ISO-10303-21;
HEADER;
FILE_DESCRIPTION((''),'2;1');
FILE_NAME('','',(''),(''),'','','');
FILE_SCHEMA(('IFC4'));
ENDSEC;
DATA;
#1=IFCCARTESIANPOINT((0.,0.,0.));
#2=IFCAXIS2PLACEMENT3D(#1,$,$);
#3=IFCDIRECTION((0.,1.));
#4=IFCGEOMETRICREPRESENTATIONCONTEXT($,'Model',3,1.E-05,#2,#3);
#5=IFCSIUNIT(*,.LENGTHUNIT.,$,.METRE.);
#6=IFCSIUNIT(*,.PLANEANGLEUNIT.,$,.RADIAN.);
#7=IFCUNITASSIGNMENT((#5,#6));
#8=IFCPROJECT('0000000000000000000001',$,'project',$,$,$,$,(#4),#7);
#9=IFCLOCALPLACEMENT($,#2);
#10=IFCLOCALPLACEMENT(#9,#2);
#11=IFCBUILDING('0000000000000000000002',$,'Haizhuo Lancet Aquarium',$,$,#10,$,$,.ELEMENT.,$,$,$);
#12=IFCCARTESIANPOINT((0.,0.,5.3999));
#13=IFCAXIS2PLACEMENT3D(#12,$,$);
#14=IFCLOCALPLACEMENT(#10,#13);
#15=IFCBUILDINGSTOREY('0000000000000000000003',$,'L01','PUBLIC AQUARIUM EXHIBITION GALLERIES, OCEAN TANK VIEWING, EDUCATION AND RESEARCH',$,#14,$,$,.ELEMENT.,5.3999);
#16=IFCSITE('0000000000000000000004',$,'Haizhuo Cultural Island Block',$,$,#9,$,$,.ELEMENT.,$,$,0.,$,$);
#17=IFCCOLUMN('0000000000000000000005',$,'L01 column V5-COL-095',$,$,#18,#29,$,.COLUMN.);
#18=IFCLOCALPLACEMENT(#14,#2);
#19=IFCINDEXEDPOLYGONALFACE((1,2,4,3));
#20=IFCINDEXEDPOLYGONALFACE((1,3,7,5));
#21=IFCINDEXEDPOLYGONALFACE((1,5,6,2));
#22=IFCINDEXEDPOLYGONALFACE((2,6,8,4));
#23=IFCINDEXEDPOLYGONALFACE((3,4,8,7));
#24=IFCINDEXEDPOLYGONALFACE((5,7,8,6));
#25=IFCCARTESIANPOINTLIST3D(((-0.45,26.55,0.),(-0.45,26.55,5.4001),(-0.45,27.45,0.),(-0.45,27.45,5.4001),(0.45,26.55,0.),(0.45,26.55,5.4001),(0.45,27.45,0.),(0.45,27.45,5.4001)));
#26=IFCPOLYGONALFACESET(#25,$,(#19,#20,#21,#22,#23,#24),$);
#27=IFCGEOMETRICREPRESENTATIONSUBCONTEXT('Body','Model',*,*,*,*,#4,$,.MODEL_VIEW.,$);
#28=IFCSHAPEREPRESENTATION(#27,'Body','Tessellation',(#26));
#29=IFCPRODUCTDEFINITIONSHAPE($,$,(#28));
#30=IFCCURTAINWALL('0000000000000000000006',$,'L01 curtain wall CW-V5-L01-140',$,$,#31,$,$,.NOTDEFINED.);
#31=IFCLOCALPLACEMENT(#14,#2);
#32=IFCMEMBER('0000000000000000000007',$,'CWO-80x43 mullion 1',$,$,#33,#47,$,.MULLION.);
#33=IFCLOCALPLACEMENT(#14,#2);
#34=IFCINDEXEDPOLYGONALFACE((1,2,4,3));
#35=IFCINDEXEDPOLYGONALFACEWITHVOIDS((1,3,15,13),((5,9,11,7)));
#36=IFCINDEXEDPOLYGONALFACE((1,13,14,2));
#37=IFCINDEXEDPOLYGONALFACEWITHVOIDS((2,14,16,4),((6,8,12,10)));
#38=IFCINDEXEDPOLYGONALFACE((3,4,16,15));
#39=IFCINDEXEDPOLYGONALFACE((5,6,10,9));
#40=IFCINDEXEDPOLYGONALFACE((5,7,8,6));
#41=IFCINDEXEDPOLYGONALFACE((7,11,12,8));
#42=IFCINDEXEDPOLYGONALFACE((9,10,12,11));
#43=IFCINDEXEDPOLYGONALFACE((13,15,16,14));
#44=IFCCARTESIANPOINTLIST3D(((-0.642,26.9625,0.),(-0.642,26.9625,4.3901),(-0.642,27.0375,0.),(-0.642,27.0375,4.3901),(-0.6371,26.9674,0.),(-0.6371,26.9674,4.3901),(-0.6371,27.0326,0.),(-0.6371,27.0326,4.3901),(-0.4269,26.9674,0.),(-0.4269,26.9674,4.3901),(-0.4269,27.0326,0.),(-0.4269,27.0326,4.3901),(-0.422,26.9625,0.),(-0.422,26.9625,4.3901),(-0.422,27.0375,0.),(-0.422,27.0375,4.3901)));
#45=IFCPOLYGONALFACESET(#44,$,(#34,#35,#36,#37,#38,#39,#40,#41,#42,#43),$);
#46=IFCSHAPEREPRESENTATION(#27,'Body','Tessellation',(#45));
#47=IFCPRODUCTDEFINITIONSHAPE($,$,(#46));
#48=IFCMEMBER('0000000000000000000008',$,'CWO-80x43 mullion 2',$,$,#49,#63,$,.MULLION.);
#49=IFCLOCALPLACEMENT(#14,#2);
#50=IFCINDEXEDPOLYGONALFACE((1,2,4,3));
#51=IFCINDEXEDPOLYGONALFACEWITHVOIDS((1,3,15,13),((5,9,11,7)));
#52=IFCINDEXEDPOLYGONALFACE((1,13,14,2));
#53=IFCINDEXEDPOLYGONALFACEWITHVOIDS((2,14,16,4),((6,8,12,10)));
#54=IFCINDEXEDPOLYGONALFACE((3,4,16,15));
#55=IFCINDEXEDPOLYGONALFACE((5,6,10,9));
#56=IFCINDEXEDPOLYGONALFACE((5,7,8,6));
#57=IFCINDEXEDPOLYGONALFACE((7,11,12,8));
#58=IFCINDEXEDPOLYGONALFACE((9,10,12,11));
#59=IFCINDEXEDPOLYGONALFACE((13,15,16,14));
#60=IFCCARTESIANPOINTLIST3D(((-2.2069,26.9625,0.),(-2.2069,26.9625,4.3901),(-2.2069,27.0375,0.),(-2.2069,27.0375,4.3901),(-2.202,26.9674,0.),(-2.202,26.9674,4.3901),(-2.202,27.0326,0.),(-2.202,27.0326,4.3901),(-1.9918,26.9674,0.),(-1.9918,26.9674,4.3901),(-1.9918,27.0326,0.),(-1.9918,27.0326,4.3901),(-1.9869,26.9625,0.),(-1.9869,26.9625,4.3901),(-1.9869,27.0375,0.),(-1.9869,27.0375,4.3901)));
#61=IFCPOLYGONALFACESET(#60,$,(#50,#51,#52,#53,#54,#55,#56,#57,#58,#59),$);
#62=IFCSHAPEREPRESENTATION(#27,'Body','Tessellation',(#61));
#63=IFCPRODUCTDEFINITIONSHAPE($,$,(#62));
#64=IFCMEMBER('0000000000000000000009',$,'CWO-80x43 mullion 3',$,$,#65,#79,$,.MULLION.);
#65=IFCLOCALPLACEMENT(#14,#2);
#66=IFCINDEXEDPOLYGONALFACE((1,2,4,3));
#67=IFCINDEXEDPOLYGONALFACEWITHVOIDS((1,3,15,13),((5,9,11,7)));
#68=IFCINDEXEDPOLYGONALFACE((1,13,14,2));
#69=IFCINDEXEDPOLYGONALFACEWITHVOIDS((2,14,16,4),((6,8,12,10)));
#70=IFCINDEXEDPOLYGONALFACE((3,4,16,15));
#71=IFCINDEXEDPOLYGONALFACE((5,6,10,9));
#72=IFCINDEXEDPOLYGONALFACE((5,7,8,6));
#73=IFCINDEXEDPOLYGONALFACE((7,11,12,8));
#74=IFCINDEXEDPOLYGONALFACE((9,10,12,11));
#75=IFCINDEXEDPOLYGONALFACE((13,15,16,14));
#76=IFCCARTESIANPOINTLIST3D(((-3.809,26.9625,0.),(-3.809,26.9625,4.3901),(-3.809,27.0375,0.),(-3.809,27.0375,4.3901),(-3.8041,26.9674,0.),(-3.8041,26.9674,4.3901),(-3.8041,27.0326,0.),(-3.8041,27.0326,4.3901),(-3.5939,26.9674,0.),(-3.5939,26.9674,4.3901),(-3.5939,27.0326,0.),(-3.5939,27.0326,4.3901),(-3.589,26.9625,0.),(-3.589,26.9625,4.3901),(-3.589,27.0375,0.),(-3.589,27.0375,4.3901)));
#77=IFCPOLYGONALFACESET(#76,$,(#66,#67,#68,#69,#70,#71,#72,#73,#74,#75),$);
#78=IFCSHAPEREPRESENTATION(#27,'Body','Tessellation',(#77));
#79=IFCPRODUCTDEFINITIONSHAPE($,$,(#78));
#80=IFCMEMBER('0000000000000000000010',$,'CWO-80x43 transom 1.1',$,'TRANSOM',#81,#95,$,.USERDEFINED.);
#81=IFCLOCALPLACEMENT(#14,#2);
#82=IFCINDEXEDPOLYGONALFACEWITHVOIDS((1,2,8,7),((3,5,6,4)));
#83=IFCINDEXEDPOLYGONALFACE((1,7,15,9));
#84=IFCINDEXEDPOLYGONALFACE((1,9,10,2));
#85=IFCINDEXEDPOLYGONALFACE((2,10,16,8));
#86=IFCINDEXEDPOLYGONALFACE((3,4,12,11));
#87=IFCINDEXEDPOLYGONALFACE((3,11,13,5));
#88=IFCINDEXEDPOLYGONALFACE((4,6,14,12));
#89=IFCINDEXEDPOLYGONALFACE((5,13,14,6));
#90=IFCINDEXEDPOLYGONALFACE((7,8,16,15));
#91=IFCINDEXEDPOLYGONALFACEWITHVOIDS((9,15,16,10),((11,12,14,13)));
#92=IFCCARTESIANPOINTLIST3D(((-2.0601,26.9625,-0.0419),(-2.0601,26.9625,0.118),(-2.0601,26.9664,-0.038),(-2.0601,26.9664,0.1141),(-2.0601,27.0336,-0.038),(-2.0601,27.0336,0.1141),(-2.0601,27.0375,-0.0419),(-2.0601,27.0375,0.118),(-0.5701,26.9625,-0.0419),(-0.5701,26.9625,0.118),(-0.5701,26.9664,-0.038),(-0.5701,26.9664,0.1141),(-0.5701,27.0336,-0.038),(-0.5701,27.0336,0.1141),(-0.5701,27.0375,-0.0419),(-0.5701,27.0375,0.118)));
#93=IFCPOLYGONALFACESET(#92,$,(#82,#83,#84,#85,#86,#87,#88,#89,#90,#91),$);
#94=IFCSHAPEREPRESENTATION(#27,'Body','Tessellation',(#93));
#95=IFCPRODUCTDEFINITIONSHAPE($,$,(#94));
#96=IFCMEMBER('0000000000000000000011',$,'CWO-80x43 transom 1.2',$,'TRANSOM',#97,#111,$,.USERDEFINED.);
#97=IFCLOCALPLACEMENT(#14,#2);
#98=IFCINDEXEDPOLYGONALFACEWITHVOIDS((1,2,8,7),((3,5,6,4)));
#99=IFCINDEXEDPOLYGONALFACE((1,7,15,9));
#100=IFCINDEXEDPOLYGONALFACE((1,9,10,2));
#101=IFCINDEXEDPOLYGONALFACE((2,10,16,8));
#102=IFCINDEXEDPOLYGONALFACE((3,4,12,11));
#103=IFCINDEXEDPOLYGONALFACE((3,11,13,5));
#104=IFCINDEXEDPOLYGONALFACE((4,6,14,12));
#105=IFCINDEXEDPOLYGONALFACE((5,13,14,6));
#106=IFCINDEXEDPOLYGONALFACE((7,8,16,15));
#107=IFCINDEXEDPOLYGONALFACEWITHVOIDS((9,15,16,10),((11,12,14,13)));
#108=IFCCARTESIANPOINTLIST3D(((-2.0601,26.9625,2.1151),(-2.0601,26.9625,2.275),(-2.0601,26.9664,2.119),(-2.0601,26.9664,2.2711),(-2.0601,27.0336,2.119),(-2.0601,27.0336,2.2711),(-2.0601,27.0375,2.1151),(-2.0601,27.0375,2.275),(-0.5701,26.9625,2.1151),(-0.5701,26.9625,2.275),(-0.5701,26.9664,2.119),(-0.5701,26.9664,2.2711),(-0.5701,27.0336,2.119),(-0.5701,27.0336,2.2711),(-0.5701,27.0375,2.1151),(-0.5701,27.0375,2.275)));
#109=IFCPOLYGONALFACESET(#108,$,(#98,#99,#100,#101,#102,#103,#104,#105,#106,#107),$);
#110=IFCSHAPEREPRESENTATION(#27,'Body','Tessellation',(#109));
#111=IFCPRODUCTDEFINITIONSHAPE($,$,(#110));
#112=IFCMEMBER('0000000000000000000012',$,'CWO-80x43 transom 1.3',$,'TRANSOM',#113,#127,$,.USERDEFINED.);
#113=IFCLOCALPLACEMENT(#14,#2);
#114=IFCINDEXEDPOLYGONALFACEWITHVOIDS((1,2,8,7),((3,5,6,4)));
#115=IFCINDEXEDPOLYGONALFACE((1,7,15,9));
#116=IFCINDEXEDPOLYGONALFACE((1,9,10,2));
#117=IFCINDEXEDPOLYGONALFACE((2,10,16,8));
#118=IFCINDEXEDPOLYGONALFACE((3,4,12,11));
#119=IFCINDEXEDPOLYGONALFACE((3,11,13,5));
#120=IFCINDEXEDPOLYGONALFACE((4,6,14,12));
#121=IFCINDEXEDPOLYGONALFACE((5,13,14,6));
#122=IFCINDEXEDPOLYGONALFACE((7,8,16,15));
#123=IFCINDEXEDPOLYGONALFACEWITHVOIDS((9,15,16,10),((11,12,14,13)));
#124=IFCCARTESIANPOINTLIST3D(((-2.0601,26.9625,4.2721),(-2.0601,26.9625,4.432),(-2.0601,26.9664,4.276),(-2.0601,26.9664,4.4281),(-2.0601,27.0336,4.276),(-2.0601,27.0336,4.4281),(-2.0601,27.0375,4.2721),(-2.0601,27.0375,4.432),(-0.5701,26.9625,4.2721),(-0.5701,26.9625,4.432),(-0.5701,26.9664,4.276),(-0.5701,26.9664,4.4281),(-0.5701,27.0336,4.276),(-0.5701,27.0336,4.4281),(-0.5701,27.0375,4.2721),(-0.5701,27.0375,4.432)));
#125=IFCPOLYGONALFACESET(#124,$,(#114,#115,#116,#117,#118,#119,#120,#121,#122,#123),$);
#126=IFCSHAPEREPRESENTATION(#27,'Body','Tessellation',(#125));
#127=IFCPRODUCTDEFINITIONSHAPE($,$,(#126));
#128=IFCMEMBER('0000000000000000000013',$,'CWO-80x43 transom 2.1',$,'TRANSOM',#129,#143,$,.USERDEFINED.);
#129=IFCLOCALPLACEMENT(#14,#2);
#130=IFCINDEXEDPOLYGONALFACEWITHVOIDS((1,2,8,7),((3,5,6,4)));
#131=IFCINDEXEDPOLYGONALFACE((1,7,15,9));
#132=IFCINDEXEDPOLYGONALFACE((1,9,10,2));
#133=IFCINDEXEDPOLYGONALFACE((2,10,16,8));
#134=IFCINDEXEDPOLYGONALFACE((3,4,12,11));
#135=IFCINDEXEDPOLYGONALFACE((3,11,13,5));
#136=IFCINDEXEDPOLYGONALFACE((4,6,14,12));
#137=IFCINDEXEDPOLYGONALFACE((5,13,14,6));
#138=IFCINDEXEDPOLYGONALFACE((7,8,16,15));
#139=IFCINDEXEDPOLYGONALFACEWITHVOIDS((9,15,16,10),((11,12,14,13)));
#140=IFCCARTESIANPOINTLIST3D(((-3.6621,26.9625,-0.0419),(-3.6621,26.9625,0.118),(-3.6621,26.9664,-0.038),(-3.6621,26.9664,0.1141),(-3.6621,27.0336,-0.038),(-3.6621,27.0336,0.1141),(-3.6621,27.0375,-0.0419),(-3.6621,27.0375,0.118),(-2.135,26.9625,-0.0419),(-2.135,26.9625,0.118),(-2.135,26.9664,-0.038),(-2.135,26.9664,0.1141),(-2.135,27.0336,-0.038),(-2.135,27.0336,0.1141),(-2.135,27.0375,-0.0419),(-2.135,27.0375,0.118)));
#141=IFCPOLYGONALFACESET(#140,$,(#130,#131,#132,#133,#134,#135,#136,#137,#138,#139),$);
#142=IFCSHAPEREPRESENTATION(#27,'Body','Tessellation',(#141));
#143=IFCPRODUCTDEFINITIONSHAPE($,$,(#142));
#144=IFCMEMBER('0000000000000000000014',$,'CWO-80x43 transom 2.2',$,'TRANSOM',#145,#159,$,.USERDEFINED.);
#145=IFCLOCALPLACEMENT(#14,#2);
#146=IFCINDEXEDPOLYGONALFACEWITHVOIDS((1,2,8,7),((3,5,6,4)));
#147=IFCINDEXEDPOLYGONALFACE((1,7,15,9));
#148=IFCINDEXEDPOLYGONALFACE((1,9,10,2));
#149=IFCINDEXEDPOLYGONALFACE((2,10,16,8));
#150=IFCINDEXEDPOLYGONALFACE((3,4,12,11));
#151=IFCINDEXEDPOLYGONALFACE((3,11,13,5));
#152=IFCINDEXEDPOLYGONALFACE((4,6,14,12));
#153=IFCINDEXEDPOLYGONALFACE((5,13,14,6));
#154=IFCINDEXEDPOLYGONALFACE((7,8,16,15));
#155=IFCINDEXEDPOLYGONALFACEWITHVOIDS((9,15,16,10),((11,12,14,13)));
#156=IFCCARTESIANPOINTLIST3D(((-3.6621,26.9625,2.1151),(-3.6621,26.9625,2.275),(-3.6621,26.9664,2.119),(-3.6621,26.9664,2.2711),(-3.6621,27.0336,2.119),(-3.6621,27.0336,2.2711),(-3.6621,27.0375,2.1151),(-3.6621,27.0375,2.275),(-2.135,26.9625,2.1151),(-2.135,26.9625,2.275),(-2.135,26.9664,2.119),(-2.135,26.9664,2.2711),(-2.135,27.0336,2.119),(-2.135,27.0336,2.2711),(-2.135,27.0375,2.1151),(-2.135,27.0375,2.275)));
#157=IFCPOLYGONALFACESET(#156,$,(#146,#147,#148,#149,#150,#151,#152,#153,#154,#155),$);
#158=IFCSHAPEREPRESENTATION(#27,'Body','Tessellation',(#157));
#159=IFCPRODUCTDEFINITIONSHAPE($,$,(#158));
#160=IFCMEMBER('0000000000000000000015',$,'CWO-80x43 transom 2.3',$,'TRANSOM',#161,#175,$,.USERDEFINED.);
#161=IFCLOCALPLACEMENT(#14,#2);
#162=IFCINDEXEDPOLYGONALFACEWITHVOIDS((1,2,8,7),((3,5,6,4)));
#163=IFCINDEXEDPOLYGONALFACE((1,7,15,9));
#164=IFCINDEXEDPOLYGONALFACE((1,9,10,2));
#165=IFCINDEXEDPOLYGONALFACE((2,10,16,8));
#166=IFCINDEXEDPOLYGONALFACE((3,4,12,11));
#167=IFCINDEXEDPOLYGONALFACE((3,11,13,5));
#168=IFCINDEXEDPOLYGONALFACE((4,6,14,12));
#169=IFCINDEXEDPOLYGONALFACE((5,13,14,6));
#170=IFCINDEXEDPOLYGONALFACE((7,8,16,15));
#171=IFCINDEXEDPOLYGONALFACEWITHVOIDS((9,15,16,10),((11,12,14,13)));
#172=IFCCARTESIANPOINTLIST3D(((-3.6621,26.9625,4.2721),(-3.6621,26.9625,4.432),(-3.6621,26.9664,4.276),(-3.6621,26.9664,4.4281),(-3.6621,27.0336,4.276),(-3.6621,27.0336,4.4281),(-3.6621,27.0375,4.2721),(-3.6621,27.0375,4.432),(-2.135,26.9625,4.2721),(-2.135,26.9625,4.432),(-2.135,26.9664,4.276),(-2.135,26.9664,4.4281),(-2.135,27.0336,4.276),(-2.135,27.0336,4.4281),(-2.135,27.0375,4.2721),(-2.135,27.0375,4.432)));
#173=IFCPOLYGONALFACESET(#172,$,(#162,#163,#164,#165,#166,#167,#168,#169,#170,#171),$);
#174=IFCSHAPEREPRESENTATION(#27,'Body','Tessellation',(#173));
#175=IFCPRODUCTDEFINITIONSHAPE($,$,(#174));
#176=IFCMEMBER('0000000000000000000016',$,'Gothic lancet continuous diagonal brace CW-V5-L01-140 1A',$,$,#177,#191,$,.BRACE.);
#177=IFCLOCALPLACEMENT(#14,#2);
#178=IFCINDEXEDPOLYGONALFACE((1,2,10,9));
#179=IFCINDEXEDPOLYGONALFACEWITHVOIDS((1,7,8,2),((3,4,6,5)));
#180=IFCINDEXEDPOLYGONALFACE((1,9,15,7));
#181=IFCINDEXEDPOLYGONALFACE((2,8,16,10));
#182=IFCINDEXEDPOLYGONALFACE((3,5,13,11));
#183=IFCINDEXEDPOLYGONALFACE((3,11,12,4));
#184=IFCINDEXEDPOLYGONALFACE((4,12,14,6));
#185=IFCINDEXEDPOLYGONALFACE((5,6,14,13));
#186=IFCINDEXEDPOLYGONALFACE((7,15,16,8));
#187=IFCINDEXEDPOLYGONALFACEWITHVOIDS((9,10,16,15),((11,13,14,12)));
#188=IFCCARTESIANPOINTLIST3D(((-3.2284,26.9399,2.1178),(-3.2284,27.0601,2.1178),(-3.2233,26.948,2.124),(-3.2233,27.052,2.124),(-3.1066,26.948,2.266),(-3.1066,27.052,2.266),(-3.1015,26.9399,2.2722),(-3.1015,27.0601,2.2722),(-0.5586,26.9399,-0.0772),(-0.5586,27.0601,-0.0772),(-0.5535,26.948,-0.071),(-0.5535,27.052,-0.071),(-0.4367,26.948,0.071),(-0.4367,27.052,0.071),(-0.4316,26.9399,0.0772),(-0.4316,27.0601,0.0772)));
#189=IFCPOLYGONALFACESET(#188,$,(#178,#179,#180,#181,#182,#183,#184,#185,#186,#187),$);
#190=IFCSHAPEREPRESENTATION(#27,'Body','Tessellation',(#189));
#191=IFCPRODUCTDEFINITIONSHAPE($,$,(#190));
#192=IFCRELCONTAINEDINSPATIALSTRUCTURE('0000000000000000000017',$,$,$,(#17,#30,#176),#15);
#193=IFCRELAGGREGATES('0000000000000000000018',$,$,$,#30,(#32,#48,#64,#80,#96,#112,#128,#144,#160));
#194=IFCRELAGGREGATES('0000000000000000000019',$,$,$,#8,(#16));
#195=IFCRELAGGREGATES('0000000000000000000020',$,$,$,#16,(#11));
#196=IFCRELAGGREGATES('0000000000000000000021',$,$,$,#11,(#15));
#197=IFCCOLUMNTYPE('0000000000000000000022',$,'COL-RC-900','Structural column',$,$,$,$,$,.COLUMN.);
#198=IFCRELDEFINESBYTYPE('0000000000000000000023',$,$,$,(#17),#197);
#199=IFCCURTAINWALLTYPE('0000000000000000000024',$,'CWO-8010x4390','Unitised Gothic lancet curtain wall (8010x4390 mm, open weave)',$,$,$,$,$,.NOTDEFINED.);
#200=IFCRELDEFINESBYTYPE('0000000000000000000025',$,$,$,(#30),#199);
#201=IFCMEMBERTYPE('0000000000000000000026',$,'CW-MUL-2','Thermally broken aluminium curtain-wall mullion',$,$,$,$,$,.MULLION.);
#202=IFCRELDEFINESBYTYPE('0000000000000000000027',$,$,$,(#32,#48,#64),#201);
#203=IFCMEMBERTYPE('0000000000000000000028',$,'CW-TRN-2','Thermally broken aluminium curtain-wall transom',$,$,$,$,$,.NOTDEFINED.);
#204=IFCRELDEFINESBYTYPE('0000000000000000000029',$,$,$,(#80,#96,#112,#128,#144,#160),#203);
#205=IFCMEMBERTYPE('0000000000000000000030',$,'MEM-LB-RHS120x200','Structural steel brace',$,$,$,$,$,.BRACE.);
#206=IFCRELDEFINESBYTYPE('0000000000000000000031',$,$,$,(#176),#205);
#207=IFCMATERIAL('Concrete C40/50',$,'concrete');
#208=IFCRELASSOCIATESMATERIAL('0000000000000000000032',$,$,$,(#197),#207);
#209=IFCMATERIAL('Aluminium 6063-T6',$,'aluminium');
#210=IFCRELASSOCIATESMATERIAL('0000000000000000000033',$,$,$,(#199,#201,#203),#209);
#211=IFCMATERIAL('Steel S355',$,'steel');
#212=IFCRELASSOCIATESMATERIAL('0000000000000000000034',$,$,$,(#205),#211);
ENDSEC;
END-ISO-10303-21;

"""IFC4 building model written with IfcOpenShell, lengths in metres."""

from ifc_helpers import new_model, si_unit, direction, frame, origin, origin_2d, place, context, subcontext, project, spatial, rectangle, hollow_rectangle, extrude, material, material_profile, profile_set, type_object, element, aggregate, save


model = new_model("IFC4")

# Units and contexts
model_context = context("Model", 3, precision=1e-05, world=origin(), true_north=direction((0.0, 1.0)))
body_context = subcontext(model_context, "Body", "Model", "MODEL_VIEW")
ifc_project = project(units=[si_unit("LENGTHUNIT", "METRE"), si_unit("PLANEANGLEUNIT", "RADIAN")], contexts=[model_context])

# Site, building, storey
site_placement = place(None, origin())
site = spatial("IfcSite", under=ifc_project, at=site_placement, Name="Haizhuo Cultural Island Block", CompositionType="ELEMENT", RefElevation=0.0)
building_placement = place(site_placement, origin())
building = spatial("IfcBuilding", under=site, at=building_placement, Name="Haizhuo Lancet Aquarium", CompositionType="ELEMENT")
storey_placement = place(building_placement, frame((0.0, 0.0, 5.3999)))
storey = spatial("IfcBuildingStorey", under=building, at=storey_placement, Name="L01", Description="PUBLIC AQUARIUM EXHIBITION GALLERIES, OCEAN TANK VIEWING, EDUCATION AND RESEARCH", CompositionType="ELEMENT", Elevation=5.3999)

# Column
ifc_material_1 = material(Name="Concrete C40/50", Category="concrete")
ifc_material_profile_1 = material_profile(ifc_material_1, rectangle(XDim=0.8999, YDim=0.8999, at=origin_2d()), Name="RC-COL 900x900")
ifc_profile_set_1 = profile_set([ifc_material_profile_1], Name="Concrete C40/50")
column_type = type_object("IfcColumnType", Name="COL-RC-900", Description="Structural column", PredefinedType="COLUMN", material=ifc_profile_set_1)
column_placement = place(storey_placement, frame((0.0, 27.0, 0.0), z_axis=(0.0, 0.0, 1.0), x_axis=(1.0, 0.0, 0.0)))
element("IfcColumn", 1, at=column_placement, inside=storey, type_object=column_type, Name="L01 column V5-COL-095", PredefinedType="COLUMN", context=body_context, shape_type="SweptSolid", body=[
    extrude(rectangle(XDim=0.8999, YDim=0.8999, at=origin_2d()), origin(), (0.0, 0.0, 1.0), 5.4001),
])

# Curtain wall, members
ifc_material_2 = material(Name="Aluminium 6063-T6", Category="aluminium")
curtain_wall_type = type_object("IfcCurtainWallType", Name="CWO-8010x4390", Description="Unitised Gothic lancet curtain wall (8010x4390 mm, open weave)", PredefinedType="NOTDEFINED", material=ifc_material_2)
curtain_wall_placement = place(storey_placement, origin())
curtain_wall = element("IfcCurtainWall", 2, at=curtain_wall_placement, inside=storey, type_object=curtain_wall_type, Name="L01 curtain wall CW-V5-L01-140", PredefinedType="NOTDEFINED")
ifc_material_profile_2 = material_profile(ifc_material_2, hollow_rectangle(XDim=0.075, YDim=0.22, WallThickness=0.0049, at=origin_2d()), Name="ALU-M 75x220x5")
ifc_profile_set_2 = profile_set([ifc_material_profile_2], Name="Aluminium 6063-T6")
member_type_1 = type_object("IfcMemberType", Name="CW-MUL-2", Description="Thermally broken aluminium curtain-wall mullion", PredefinedType="MULLION", material=ifc_profile_set_2)
member_1_placement = place(storey_placement, frame((-0.532, 27.0, 0.0), z_axis=(0.0, 0.0, 1.0), x_axis=(0.0, -1.0, 0.0)))
member_1 = element("IfcMember", 3, at=member_1_placement, type_object=member_type_1, Name="CWO-80x43 mullion 1", PredefinedType="MULLION", context=body_context, shape_type="SweptSolid", body=[
    extrude(hollow_rectangle(XDim=0.075, YDim=0.22, WallThickness=0.0049, at=origin_2d()), origin(), (0.0, 0.0, 1.0), 4.3901),
])
member_2_placement = place(storey_placement, frame((-2.0969, 27.0, 0.0), z_axis=(0.0, 0.0, 1.0), x_axis=(0.0, -1.0, 0.0)))
member_2 = element("IfcMember", 4, at=member_2_placement, type_object=member_type_1, Name="CWO-80x43 mullion 2", PredefinedType="MULLION", context=body_context, shape_type="SweptSolid", body=[
    extrude(hollow_rectangle(XDim=0.075, YDim=0.22, WallThickness=0.0049, at=origin_2d()), origin(), (0.0, 0.0, 1.0), 4.3901),
])
member_3_placement = place(storey_placement, frame((-3.699, 27.0, 0.0), z_axis=(0.0, 0.0, 1.0), x_axis=(0.0, -1.0, 0.0)))
member_3 = element("IfcMember", 5, at=member_3_placement, type_object=member_type_1, Name="CWO-80x43 mullion 3", PredefinedType="MULLION", context=body_context, shape_type="SweptSolid", body=[
    extrude(hollow_rectangle(XDim=0.075, YDim=0.22, WallThickness=0.0049, at=origin_2d()), origin(), (0.0, 0.0, 1.0), 4.3901),
])
ifc_material_profile_3 = material_profile(ifc_material_2, hollow_rectangle(XDim=0.075, YDim=0.1599, WallThickness=0.0039, at=origin_2d()), Name="ALU-T 75x160x4")
ifc_profile_set_3 = profile_set([ifc_material_profile_3], Name="Aluminium 6063-T6")
member_type_2 = type_object("IfcMemberType", Name="CW-TRN-2", Description="Thermally broken aluminium curtain-wall transom", PredefinedType="NOTDEFINED", material=ifc_profile_set_3)
member_4_placement = place(storey_placement, frame((-0.5701, 27.0, 0.0381), z_axis=(-1.0, 0.0, 0.0), x_axis=(0.0, -1.0, 0.0)))
member_4 = element("IfcMember", 6, at=member_4_placement, type_object=member_type_2, Name="CWO-80x43 transom 1.1", ObjectType="TRANSOM", PredefinedType="USERDEFINED", context=body_context, shape_type="SweptSolid", body=[
    extrude(hollow_rectangle(XDim=0.075, YDim=0.1599, WallThickness=0.0039, at=origin_2d()), origin(), (0.0, 0.0, 1.0), 1.49),
])
member_5_placement = place(storey_placement, frame((-0.5701, 27.0, 2.1951), z_axis=(-1.0, 0.0, 0.0), x_axis=(0.0, -1.0, 0.0)))
member_5 = element("IfcMember", 7, at=member_5_placement, type_object=member_type_2, Name="CWO-80x43 transom 1.2", ObjectType="TRANSOM", PredefinedType="USERDEFINED", context=body_context, shape_type="SweptSolid", body=[
    extrude(hollow_rectangle(XDim=0.075, YDim=0.1599, WallThickness=0.0039, at=origin_2d()), origin(), (0.0, 0.0, 1.0), 1.49),
])
member_6_placement = place(storey_placement, frame((-0.5701, 27.0, 4.3521), z_axis=(-1.0, 0.0, 0.0), x_axis=(0.0, -1.0, 0.0)))
member_6 = element("IfcMember", 8, at=member_6_placement, type_object=member_type_2, Name="CWO-80x43 transom 1.3", ObjectType="TRANSOM", PredefinedType="USERDEFINED", context=body_context, shape_type="SweptSolid", body=[
    extrude(hollow_rectangle(XDim=0.075, YDim=0.1599, WallThickness=0.0039, at=origin_2d()), origin(), (0.0, 0.0, 1.0), 1.49),
])
member_7_placement = place(storey_placement, frame((-2.135, 27.0, 0.0381), z_axis=(-1.0, 0.0, 0.0), x_axis=(0.0, -1.0, 0.0)))
member_7 = element("IfcMember", 9, at=member_7_placement, type_object=member_type_2, Name="CWO-80x43 transom 2.1", ObjectType="TRANSOM", PredefinedType="USERDEFINED", context=body_context, shape_type="SweptSolid", body=[
    extrude(hollow_rectangle(XDim=0.075, YDim=0.1599, WallThickness=0.0039, at=origin_2d()), origin(), (0.0, 0.0, 1.0), 1.5271),
])
member_8_placement = place(storey_placement, frame((-2.135, 27.0, 2.1951), z_axis=(-1.0, 0.0, 0.0), x_axis=(0.0, -1.0, 0.0)))
member_8 = element("IfcMember", 10, at=member_8_placement, type_object=member_type_2, Name="CWO-80x43 transom 2.2", ObjectType="TRANSOM", PredefinedType="USERDEFINED", context=body_context, shape_type="SweptSolid", body=[
    extrude(hollow_rectangle(XDim=0.075, YDim=0.1599, WallThickness=0.0039, at=origin_2d()), origin(), (0.0, 0.0, 1.0), 1.5271),
])
member_9_placement = place(storey_placement, frame((-2.135, 27.0, 4.3521), z_axis=(-1.0, 0.0, 0.0), x_axis=(0.0, -1.0, 0.0)))
member_9 = element("IfcMember", 11, at=member_9_placement, type_object=member_type_2, Name="CWO-80x43 transom 2.3", ObjectType="TRANSOM", PredefinedType="USERDEFINED", context=body_context, shape_type="SweptSolid", body=[
    extrude(hollow_rectangle(XDim=0.075, YDim=0.1599, WallThickness=0.0039, at=origin_2d()), origin(), (0.0, 0.0, 1.0), 1.5271),
])

# Member
ifc_material_3 = material(Name="Steel S355", Category="steel")
ifc_material_profile_4 = material_profile(ifc_material_3, hollow_rectangle(XDim=0.1201, YDim=0.2, WallThickness=0.0081, at=origin_2d()), Name="RHS 120x200x8")
ifc_profile_set_4 = profile_set([ifc_material_profile_4], Name="Steel S355")
member_type_3 = type_object("IfcMemberType", Name="MEM-LB-RHS120x200", Description="Structural steel brace", PredefinedType="BRACE", material=ifc_profile_set_4)
member_10_placement = place(storey_placement, frame((-0.4951, 27.0, 0.0), z_axis=(-0.772454, 0.0, 0.635071), x_axis=(0.0, -1.0, 0.0)))
element("IfcMember", 12, at=member_10_placement, inside=storey, type_object=member_type_3, Name="Gothic lancet continuous diagonal brace CW-V5-L01-140 1A", PredefinedType="BRACE", context=body_context, shape_type="SweptSolid", body=[
    extrude(hollow_rectangle(XDim=0.1201, YDim=0.2, WallThickness=0.0081, at=origin_2d()), origin(), (0.0, 0.0, 1.0), 3.4563),
])

aggregate(curtain_wall, [member_1, member_2, member_3, member_4, member_5, member_6, member_7, member_8, member_9])

save(model, "model.ifc")
